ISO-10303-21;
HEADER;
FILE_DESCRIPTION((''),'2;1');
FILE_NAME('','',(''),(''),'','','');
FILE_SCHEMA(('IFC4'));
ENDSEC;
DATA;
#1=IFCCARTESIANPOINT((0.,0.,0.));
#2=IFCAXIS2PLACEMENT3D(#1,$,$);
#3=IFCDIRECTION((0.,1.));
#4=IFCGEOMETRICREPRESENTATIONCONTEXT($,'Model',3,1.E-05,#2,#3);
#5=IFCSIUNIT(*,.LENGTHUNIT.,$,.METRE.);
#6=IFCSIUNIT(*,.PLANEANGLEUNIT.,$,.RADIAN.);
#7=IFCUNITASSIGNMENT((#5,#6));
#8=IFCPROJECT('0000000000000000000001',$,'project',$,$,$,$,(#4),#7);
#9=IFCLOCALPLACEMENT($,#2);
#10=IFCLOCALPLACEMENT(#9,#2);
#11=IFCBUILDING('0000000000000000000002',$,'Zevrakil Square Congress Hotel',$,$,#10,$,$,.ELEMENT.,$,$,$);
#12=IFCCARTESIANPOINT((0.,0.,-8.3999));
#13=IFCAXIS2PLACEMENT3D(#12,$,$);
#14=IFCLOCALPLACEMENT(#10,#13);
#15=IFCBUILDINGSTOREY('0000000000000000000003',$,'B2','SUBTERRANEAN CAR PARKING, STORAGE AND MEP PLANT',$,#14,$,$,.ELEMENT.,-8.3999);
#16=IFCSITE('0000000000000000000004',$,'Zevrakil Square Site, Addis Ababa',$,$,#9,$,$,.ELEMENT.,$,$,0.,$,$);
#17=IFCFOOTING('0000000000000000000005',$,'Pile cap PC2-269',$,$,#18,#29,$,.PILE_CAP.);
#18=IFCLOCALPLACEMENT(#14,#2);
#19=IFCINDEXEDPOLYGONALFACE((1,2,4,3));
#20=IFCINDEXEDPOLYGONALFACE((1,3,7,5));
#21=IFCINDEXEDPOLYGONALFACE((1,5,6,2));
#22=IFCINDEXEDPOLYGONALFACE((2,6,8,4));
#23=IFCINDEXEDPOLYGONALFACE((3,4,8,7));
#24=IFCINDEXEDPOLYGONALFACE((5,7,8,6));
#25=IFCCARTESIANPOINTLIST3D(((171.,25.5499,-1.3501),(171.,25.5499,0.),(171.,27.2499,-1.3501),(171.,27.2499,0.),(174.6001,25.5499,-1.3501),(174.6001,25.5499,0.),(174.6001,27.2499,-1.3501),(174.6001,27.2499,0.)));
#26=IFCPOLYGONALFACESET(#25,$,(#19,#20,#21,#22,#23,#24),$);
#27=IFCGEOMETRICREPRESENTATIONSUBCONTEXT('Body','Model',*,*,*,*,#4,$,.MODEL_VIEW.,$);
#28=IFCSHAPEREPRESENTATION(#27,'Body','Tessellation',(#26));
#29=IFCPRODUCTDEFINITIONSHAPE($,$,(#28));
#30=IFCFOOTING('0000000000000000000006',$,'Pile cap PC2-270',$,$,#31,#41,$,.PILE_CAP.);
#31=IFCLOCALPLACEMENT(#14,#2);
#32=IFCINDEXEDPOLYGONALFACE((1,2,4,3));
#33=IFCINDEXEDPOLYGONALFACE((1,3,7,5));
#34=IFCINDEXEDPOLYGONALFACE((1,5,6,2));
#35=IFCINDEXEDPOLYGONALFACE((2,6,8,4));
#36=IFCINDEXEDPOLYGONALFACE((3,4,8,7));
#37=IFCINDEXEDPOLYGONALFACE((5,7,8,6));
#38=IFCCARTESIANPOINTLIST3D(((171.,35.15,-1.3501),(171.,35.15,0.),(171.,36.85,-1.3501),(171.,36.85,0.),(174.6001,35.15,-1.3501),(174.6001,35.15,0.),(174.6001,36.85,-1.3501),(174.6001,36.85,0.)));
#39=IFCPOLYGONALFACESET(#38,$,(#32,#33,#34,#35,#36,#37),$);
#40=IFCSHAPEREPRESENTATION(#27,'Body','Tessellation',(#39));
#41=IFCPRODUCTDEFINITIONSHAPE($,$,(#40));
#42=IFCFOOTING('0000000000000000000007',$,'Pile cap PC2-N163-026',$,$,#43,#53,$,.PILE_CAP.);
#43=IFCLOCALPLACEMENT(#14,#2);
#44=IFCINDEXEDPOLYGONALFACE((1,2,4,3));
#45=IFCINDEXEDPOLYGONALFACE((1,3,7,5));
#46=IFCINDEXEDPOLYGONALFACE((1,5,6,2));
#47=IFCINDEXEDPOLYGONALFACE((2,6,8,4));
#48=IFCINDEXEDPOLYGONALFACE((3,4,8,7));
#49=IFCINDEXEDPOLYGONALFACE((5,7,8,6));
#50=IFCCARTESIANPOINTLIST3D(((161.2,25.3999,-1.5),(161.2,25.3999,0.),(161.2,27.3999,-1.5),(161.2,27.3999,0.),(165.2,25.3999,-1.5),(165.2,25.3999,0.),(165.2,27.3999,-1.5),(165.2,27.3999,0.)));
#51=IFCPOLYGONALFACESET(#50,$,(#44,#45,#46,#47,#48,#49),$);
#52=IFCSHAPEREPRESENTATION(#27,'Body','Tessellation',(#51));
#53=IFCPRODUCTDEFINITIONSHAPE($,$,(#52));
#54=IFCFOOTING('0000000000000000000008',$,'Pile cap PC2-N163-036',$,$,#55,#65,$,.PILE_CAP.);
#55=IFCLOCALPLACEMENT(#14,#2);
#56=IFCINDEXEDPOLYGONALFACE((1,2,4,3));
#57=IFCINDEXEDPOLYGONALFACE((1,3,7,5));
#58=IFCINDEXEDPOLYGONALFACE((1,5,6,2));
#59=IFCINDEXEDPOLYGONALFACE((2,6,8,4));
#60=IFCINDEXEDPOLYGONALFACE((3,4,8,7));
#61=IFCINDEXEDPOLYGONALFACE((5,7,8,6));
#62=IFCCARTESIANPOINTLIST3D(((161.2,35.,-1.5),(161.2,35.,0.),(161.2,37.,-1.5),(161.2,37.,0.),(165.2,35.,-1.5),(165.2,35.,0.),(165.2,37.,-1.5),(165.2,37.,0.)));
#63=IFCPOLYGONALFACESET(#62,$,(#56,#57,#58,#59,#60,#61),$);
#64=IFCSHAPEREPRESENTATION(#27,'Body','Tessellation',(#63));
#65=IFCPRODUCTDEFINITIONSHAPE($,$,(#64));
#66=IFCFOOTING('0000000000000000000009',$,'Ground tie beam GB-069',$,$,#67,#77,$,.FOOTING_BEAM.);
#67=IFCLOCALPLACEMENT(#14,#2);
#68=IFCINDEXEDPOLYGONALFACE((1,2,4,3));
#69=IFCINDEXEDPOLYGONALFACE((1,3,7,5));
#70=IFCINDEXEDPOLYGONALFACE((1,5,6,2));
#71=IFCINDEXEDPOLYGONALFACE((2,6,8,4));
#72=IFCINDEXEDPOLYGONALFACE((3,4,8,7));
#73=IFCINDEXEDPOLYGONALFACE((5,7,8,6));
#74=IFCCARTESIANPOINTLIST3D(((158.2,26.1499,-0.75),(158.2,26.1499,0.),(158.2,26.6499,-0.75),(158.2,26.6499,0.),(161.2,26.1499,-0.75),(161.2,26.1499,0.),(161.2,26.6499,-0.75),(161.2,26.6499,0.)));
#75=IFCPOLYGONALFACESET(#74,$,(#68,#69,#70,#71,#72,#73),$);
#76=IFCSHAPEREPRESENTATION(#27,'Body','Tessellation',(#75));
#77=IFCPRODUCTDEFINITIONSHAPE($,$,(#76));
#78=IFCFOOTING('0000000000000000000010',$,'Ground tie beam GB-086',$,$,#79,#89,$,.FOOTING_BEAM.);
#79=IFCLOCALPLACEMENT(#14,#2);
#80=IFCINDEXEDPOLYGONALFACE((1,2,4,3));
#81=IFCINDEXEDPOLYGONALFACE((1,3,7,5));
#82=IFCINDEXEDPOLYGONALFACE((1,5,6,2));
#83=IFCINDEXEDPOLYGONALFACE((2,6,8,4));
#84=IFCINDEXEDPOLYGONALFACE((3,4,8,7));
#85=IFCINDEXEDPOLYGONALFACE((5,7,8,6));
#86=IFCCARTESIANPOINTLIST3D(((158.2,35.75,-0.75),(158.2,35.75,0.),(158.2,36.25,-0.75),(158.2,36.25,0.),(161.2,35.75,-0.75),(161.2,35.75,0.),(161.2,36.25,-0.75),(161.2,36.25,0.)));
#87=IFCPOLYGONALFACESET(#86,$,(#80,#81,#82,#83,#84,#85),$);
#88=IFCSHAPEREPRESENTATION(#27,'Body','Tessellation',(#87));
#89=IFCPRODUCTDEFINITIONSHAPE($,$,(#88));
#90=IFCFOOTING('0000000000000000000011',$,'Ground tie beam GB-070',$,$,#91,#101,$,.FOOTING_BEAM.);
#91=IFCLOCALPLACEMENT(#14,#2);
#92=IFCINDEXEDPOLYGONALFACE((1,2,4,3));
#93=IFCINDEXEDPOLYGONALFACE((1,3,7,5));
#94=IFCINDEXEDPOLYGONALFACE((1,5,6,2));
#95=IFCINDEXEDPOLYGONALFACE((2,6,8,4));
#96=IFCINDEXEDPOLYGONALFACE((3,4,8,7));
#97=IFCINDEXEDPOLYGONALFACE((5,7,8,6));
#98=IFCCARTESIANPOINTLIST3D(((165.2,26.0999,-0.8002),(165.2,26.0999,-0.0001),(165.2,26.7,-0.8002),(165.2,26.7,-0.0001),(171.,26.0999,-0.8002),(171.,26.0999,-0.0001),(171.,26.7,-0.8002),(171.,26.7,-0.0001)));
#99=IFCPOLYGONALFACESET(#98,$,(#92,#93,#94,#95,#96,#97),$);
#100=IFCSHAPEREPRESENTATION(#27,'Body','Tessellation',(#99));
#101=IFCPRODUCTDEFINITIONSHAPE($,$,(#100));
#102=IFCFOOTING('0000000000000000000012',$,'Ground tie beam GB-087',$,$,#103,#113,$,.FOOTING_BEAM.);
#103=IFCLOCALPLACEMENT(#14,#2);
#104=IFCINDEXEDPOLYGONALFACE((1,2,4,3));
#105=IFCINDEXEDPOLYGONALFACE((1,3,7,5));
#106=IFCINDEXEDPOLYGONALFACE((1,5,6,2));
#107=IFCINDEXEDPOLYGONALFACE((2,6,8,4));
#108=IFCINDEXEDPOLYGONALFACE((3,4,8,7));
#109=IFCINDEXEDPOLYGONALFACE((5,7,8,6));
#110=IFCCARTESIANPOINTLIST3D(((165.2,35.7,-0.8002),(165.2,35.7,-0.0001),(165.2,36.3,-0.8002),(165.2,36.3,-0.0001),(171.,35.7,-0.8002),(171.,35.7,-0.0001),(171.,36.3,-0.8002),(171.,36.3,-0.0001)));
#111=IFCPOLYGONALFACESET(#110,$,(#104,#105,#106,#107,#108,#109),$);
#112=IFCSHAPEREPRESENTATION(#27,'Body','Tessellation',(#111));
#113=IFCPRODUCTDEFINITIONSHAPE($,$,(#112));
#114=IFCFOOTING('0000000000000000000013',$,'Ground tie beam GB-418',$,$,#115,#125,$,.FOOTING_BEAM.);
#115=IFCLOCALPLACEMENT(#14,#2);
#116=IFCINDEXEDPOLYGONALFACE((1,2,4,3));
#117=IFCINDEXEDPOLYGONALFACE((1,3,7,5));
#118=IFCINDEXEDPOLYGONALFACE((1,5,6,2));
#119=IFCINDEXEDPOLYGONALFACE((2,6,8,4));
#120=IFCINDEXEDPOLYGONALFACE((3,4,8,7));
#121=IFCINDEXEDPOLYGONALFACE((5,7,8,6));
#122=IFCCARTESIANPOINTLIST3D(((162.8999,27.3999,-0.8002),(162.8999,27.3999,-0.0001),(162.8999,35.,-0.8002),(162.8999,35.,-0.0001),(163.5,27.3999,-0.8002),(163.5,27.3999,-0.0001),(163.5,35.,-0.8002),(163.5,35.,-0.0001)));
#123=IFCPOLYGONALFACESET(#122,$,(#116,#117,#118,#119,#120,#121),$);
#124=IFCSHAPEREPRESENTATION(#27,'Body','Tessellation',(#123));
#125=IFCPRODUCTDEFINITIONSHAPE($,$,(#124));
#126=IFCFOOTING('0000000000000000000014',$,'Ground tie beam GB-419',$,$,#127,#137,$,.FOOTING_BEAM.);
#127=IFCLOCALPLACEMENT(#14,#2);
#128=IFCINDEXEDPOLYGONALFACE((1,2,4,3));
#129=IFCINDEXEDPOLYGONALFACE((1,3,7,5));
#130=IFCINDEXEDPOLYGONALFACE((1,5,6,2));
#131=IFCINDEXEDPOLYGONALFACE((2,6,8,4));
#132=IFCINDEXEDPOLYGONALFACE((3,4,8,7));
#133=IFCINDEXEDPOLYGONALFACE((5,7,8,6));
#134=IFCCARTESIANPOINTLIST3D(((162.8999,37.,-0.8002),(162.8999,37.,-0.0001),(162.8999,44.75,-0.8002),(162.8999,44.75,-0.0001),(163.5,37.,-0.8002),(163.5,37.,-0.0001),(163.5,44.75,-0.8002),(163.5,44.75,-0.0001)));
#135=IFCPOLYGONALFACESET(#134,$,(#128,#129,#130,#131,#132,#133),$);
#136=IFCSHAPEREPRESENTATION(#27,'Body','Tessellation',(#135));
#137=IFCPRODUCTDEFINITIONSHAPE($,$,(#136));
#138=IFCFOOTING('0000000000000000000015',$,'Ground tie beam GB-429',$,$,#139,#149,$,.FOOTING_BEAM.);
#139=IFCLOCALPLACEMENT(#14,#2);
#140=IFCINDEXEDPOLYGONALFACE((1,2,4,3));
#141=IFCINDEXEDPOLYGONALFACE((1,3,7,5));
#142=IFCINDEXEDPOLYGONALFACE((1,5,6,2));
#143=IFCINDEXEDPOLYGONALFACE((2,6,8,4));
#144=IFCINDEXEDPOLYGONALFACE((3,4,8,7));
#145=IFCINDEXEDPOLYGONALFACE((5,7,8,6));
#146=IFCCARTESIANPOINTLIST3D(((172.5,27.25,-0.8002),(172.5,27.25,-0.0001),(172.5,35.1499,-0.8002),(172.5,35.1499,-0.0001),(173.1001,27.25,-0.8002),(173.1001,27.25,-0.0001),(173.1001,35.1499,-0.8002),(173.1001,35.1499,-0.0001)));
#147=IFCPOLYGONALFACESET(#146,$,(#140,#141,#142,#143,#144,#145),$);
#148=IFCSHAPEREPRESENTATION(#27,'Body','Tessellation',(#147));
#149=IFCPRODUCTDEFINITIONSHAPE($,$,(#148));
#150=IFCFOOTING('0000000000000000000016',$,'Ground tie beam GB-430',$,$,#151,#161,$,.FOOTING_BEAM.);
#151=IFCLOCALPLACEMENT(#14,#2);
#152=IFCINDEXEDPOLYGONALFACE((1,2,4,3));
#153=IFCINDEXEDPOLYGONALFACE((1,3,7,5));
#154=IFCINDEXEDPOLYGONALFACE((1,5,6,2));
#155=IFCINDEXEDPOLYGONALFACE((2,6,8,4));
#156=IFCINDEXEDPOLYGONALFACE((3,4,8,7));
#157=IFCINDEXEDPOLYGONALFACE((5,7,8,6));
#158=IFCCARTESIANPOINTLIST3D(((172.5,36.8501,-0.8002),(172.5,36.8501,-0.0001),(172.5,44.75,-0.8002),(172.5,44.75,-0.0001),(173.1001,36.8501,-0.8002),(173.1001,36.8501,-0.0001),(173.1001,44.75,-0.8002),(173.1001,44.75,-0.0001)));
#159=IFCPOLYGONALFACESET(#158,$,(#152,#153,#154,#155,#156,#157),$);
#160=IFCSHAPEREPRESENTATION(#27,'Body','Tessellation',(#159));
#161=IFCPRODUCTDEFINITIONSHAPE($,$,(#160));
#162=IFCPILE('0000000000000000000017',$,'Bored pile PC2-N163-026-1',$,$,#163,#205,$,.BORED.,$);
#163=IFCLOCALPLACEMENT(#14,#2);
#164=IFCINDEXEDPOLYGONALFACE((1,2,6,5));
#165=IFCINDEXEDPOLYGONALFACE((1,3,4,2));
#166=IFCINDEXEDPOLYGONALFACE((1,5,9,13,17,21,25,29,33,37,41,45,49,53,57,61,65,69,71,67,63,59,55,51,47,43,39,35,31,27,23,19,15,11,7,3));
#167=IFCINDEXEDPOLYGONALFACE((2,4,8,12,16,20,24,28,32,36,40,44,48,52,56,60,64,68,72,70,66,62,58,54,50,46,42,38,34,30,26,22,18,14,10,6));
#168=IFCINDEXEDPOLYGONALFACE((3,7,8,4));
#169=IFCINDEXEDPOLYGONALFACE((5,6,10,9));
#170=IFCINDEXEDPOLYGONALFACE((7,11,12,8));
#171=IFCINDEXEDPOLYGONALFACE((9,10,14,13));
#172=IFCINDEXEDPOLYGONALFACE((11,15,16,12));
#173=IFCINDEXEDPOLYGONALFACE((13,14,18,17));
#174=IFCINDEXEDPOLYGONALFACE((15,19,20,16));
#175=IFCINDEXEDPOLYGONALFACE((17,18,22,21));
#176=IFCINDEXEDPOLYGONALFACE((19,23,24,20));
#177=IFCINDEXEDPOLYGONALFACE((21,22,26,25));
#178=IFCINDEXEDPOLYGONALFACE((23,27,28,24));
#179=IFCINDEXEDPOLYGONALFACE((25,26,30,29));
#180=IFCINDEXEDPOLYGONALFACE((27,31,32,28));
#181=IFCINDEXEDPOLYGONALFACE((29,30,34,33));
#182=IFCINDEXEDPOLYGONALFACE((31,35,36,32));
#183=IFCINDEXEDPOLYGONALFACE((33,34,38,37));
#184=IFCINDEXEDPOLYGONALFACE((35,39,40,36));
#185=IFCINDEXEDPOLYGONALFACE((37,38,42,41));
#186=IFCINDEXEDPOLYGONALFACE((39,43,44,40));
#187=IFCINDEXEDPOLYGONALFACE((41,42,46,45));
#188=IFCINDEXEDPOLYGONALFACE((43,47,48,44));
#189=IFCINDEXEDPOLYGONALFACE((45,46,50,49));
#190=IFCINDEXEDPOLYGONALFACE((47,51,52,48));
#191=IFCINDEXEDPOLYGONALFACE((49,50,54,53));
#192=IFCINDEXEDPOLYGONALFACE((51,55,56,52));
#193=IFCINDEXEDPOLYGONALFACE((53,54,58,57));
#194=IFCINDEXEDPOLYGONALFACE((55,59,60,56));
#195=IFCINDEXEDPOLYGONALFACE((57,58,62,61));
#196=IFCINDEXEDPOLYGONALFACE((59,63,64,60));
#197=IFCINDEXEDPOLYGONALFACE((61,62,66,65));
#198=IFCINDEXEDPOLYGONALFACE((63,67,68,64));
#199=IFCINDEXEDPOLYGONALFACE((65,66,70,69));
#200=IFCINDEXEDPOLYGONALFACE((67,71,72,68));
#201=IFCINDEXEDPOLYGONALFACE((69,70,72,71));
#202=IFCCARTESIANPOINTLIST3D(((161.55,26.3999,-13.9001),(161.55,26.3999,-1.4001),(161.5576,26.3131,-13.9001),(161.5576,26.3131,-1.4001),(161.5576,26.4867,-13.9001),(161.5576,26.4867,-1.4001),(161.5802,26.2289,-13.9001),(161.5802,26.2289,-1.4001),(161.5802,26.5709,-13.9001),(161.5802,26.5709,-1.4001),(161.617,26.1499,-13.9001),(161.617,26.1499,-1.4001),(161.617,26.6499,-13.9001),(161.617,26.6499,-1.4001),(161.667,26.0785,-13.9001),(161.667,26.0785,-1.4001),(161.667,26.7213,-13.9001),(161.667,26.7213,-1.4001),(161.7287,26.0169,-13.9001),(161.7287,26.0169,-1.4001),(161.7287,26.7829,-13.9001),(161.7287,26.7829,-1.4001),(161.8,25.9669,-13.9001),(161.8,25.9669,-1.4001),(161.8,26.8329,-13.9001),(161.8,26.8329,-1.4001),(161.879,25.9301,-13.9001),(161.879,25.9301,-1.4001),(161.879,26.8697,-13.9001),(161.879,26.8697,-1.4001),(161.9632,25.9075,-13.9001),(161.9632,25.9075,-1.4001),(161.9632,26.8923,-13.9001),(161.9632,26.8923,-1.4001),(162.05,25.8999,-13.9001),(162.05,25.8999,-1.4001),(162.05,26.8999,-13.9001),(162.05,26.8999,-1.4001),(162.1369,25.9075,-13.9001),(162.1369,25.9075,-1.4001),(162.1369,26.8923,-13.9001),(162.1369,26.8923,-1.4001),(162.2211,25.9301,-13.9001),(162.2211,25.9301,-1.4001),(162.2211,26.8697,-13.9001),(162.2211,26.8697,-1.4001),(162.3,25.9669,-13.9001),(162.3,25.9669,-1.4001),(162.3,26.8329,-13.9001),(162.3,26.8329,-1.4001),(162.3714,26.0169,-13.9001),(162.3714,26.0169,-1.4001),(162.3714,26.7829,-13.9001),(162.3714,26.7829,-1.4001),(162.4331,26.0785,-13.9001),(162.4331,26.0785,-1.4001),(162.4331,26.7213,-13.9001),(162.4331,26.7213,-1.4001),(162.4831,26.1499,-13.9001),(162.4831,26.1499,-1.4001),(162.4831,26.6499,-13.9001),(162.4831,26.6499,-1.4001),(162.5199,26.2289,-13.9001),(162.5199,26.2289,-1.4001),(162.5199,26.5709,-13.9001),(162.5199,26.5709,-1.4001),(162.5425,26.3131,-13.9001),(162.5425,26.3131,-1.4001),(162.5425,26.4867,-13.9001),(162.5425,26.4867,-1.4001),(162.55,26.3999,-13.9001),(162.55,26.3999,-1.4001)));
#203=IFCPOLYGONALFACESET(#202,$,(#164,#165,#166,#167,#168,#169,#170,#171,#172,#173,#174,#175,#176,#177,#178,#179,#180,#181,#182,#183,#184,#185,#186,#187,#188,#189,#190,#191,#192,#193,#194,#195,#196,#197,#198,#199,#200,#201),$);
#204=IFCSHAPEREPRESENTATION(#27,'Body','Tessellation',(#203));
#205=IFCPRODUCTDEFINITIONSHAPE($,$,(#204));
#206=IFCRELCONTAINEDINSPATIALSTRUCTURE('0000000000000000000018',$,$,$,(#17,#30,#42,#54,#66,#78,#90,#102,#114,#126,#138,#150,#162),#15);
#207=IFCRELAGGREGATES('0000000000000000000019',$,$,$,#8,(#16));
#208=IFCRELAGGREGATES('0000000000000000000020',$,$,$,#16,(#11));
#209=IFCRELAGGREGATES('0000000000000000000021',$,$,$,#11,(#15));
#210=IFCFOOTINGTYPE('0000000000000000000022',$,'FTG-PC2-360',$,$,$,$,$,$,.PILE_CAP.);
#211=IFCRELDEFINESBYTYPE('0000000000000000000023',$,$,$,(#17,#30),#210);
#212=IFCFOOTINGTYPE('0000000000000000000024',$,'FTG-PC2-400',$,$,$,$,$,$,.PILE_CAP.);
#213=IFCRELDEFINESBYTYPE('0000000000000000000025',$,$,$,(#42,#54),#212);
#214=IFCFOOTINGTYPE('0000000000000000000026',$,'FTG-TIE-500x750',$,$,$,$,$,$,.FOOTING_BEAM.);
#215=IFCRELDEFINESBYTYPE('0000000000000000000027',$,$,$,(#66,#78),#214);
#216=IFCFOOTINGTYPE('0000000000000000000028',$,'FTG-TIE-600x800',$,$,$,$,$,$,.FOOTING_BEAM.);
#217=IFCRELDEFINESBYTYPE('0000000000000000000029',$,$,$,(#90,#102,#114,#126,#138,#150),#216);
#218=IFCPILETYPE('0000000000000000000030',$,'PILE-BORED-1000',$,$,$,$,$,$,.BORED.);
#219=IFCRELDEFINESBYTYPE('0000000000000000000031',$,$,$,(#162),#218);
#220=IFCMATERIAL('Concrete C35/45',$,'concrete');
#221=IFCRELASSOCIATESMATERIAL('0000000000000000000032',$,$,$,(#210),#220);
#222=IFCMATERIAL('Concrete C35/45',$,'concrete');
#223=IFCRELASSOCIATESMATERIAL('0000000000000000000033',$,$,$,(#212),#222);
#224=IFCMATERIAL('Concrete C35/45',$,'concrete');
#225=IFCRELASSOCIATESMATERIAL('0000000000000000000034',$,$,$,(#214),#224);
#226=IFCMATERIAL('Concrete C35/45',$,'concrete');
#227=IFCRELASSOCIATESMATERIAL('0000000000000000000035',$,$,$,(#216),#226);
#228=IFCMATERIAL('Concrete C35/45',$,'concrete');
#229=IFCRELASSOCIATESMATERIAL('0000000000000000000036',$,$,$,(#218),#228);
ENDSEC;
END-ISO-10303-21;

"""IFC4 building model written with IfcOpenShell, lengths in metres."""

from ifc_helpers import new_model, si_unit, direction, frame, origin, origin_2d, place, context, subcontext, project, spatial, rectangle, circle, extrude, material, material_profile, profile_set, type_object, element, save


model = new_model("IFC4")

# Units and contexts
model_context = context("Model", 3, precision=1e-05, world=origin(), true_north=direction((0.0, 1.0)))
body_context = subcontext(model_context, "Body", "Model", "MODEL_VIEW")
ifc_project = project(units=[si_unit("LENGTHUNIT", "METRE"), si_unit("PLANEANGLEUNIT", "RADIAN")], contexts=[model_context])

# Site, building, storey
site_placement = place(None, origin())
site = spatial("IfcSite", under=ifc_project, at=site_placement, Name="Zevrakil Square Site, Addis Ababa", CompositionType="ELEMENT", RefElevation=0.0)
building_placement = place(site_placement, origin())
building = spatial("IfcBuilding", under=site, at=building_placement, Name="Zevrakil Square Congress Hotel", CompositionType="ELEMENT")
storey_placement = place(building_placement, frame((0.0, 0.0, -8.3999)))
storey = spatial("IfcBuildingStorey", under=building, at=storey_placement, Name="B2", Description="SUBTERRANEAN CAR PARKING, STORAGE AND MEP PLANT", CompositionType="ELEMENT", Elevation=-8.3999)

# Footings
ifc_material_1 = material(Name="Concrete C35/45", Category="concrete")
footing_type_1 = type_object("IfcFootingType", Name="FTG-PC2-360", PredefinedType="PILE_CAP", material=ifc_material_1)
for number, where, z_axis, x_axis, name in (
    (1, (172.8, 26.3999, -1.3501), (0.0, 0.0, 1.0), (1.0, 0.0, 0.0), "Pile cap PC2-269"),
    (2, (172.8, 36.0, -1.3501), (0.0, 0.0, 1.0), (1.0, 0.0, 0.0), "Pile cap PC2-270"),
):
    element("IfcFooting", number, at=place(storey_placement, frame(where, z_axis=z_axis, x_axis=x_axis)), inside=storey, type_object=footing_type_1, Name=name, PredefinedType="PILE_CAP", context=body_context, shape_type="SweptSolid", body=[
        extrude(rectangle(XDim=3.6001, YDim=1.7, at=origin_2d()), origin(), (0.0, 0.0, 1.0), 1.3501),
    ])
ifc_material_2 = material(Name="Concrete C35/45", Category="concrete")
footing_type_2 = type_object("IfcFootingType", Name="FTG-PC2-400", PredefinedType="PILE_CAP", material=ifc_material_2)
for number, where, z_axis, x_axis, name in (
    (3, (163.2, 26.3999, -1.5), (0.0, 0.0, 1.0), (1.0, 0.0, 0.0), "Pile cap PC2-N163-026"),
    (4, (163.2, 36.0, -1.5), (0.0, 0.0, 1.0), (1.0, 0.0, 0.0), "Pile cap PC2-N163-036"),
):
    element("IfcFooting", number, at=place(storey_placement, frame(where, z_axis=z_axis, x_axis=x_axis)), inside=storey, type_object=footing_type_2, Name=name, PredefinedType="PILE_CAP", context=body_context, shape_type="SweptSolid", body=[
        extrude(rectangle(XDim=4.0, YDim=2.0, at=origin_2d()), origin(), (0.0, 0.0, 1.0), 1.5),
    ])
ifc_material_3 = material(Name="Concrete C35/45", Category="concrete")
ifc_material_profile_1 = material_profile(ifc_material_3, rectangle(XDim=0.5, YDim=0.75, at=origin_2d()), Name="RC 500x750")
ifc_profile_set_1 = profile_set([ifc_material_profile_1], Name="Concrete C35/45")
footing_type_3 = type_object("IfcFootingType", Name="FTG-TIE-500x750", PredefinedType="FOOTING_BEAM", material=ifc_profile_set_1)
for number, where, z_axis, x_axis, name in (
    (5, (158.2, 26.3999, -0.375), (1.0, 0.0, 0.0), (0.0, 1.0, 0.0), "Ground tie beam GB-069"),
    (6, (158.2, 36.0, -0.375), (1.0, 0.0, 0.0), (0.0, 1.0, 0.0), "Ground tie beam GB-086"),
):
    element("IfcFooting", number, at=place(storey_placement, frame(where, z_axis=z_axis, x_axis=x_axis)), inside=storey, type_object=footing_type_3, Name=name, PredefinedType="FOOTING_BEAM", context=body_context, shape_type="SweptSolid", body=[
        extrude(rectangle(XDim=0.5, YDim=0.75, at=origin_2d()), origin(), (0.0, 0.0, 1.0), 3.0),
    ])
ifc_material_4 = material(Name="Concrete C35/45", Category="concrete")
ifc_material_profile_2 = material_profile(ifc_material_4, rectangle(XDim=0.6001, YDim=0.8, at=origin_2d()), Name="RC 600x800")
ifc_profile_set_2 = profile_set([ifc_material_profile_2], Name="Concrete C35/45")
footing_type_4 = type_object("IfcFootingType", Name="FTG-TIE-600x800", PredefinedType="FOOTING_BEAM", material=ifc_profile_set_2)
for number, where, z_axis, x_axis, name in (
    (7, (165.2, 26.3999, -0.4001), (1.0, 0.0, 0.0), (0.0, 1.0, 0.0), "Ground tie beam GB-070"),
    (8, (165.2, 36.0, -0.4001), (1.0, 0.0, 0.0), (0.0, 1.0, 0.0), "Ground tie beam GB-087"),
):
    element("IfcFooting", number, at=place(storey_placement, frame(where, z_axis=z_axis, x_axis=x_axis)), inside=storey, type_object=footing_type_4, Name=name, PredefinedType="FOOTING_BEAM", context=body_context, shape_type="SweptSolid", body=[
        extrude(rectangle(XDim=0.6001, YDim=0.8, at=origin_2d()), origin(), (0.0, 0.0, 1.0), 5.8),
    ])
footing_1_placement = place(storey_placement, frame((163.2, 27.3999, -0.4001), z_axis=(0.0, 1.0, 0.0), x_axis=(-1.0, 0.0, 0.0)))
element("IfcFooting", 9, at=footing_1_placement, inside=storey, type_object=footing_type_4, Name="Ground tie beam GB-418", PredefinedType="FOOTING_BEAM", context=body_context, shape_type="SweptSolid", body=[
    extrude(rectangle(XDim=0.6001, YDim=0.8, at=origin_2d()), origin(), (0.0, 0.0, 1.0), 7.6001),
])
footing_2_placement = place(storey_placement, frame((163.2, 37.0, -0.4001), z_axis=(0.0, 1.0, 0.0), x_axis=(-1.0, 0.0, 0.0)))
element("IfcFooting", 10, at=footing_2_placement, inside=storey, type_object=footing_type_4, Name="Ground tie beam GB-419", PredefinedType="FOOTING_BEAM", context=body_context, shape_type="SweptSolid", body=[
    extrude(rectangle(XDim=0.6001, YDim=0.8, at=origin_2d()), origin(), (0.0, 0.0, 1.0), 7.75),
])
for number, where, z_axis, x_axis, name in (
    (11, (172.8, 27.25, -0.4001), (0.0, 1.0, 0.0), (-1.0, 0.0, 0.0), "Ground tie beam GB-429"),
    (12, (172.8, 36.8501, -0.4001), (0.0, 1.0, 0.0), (-1.0, 0.0, 0.0), "Ground tie beam GB-430"),
):
    element("IfcFooting", number, at=place(storey_placement, frame(where, z_axis=z_axis, x_axis=x_axis)), inside=storey, type_object=footing_type_4, Name=name, PredefinedType="FOOTING_BEAM", context=body_context, shape_type="SweptSolid", body=[
        extrude(rectangle(XDim=0.6001, YDim=0.8, at=origin_2d()), origin(), (0.0, 0.0, 1.0), 7.8999),
    ])

# Pile
ifc_material_5 = material(Name="Concrete C35/45", Category="concrete")
ifc_material_profile_3 = material_profile(ifc_material_5, circle(Radius=0.5, at=origin_2d()), Name="PILE D1000")
ifc_profile_set_3 = profile_set([ifc_material_profile_3], Name="Concrete C35/45")
pile_type_1 = type_object("IfcPileType", Name="PILE-BORED-1000", PredefinedType="BORED", material=ifc_profile_set_3)
for number, where, z_axis, x_axis, name in (
    (13, (162.05, 26.3999, -1.4001), (0.0, 0.0, -1.0), (1.0, 0.0, 0.0), "Bored pile PC2-N163-026-1"),
):
    element("IfcPile", number, at=place(storey_placement, frame(where, z_axis=z_axis, x_axis=x_axis)), inside=storey, type_object=pile_type_1, Name=name, PredefinedType="BORED", context=body_context, shape_type="SweptSolid", body=[
        extrude(circle(Radius=0.5, at=origin_2d()), origin(), (0.0, 0.0, 1.0), 12.5),
    ])

save(model, "model.ifc")
